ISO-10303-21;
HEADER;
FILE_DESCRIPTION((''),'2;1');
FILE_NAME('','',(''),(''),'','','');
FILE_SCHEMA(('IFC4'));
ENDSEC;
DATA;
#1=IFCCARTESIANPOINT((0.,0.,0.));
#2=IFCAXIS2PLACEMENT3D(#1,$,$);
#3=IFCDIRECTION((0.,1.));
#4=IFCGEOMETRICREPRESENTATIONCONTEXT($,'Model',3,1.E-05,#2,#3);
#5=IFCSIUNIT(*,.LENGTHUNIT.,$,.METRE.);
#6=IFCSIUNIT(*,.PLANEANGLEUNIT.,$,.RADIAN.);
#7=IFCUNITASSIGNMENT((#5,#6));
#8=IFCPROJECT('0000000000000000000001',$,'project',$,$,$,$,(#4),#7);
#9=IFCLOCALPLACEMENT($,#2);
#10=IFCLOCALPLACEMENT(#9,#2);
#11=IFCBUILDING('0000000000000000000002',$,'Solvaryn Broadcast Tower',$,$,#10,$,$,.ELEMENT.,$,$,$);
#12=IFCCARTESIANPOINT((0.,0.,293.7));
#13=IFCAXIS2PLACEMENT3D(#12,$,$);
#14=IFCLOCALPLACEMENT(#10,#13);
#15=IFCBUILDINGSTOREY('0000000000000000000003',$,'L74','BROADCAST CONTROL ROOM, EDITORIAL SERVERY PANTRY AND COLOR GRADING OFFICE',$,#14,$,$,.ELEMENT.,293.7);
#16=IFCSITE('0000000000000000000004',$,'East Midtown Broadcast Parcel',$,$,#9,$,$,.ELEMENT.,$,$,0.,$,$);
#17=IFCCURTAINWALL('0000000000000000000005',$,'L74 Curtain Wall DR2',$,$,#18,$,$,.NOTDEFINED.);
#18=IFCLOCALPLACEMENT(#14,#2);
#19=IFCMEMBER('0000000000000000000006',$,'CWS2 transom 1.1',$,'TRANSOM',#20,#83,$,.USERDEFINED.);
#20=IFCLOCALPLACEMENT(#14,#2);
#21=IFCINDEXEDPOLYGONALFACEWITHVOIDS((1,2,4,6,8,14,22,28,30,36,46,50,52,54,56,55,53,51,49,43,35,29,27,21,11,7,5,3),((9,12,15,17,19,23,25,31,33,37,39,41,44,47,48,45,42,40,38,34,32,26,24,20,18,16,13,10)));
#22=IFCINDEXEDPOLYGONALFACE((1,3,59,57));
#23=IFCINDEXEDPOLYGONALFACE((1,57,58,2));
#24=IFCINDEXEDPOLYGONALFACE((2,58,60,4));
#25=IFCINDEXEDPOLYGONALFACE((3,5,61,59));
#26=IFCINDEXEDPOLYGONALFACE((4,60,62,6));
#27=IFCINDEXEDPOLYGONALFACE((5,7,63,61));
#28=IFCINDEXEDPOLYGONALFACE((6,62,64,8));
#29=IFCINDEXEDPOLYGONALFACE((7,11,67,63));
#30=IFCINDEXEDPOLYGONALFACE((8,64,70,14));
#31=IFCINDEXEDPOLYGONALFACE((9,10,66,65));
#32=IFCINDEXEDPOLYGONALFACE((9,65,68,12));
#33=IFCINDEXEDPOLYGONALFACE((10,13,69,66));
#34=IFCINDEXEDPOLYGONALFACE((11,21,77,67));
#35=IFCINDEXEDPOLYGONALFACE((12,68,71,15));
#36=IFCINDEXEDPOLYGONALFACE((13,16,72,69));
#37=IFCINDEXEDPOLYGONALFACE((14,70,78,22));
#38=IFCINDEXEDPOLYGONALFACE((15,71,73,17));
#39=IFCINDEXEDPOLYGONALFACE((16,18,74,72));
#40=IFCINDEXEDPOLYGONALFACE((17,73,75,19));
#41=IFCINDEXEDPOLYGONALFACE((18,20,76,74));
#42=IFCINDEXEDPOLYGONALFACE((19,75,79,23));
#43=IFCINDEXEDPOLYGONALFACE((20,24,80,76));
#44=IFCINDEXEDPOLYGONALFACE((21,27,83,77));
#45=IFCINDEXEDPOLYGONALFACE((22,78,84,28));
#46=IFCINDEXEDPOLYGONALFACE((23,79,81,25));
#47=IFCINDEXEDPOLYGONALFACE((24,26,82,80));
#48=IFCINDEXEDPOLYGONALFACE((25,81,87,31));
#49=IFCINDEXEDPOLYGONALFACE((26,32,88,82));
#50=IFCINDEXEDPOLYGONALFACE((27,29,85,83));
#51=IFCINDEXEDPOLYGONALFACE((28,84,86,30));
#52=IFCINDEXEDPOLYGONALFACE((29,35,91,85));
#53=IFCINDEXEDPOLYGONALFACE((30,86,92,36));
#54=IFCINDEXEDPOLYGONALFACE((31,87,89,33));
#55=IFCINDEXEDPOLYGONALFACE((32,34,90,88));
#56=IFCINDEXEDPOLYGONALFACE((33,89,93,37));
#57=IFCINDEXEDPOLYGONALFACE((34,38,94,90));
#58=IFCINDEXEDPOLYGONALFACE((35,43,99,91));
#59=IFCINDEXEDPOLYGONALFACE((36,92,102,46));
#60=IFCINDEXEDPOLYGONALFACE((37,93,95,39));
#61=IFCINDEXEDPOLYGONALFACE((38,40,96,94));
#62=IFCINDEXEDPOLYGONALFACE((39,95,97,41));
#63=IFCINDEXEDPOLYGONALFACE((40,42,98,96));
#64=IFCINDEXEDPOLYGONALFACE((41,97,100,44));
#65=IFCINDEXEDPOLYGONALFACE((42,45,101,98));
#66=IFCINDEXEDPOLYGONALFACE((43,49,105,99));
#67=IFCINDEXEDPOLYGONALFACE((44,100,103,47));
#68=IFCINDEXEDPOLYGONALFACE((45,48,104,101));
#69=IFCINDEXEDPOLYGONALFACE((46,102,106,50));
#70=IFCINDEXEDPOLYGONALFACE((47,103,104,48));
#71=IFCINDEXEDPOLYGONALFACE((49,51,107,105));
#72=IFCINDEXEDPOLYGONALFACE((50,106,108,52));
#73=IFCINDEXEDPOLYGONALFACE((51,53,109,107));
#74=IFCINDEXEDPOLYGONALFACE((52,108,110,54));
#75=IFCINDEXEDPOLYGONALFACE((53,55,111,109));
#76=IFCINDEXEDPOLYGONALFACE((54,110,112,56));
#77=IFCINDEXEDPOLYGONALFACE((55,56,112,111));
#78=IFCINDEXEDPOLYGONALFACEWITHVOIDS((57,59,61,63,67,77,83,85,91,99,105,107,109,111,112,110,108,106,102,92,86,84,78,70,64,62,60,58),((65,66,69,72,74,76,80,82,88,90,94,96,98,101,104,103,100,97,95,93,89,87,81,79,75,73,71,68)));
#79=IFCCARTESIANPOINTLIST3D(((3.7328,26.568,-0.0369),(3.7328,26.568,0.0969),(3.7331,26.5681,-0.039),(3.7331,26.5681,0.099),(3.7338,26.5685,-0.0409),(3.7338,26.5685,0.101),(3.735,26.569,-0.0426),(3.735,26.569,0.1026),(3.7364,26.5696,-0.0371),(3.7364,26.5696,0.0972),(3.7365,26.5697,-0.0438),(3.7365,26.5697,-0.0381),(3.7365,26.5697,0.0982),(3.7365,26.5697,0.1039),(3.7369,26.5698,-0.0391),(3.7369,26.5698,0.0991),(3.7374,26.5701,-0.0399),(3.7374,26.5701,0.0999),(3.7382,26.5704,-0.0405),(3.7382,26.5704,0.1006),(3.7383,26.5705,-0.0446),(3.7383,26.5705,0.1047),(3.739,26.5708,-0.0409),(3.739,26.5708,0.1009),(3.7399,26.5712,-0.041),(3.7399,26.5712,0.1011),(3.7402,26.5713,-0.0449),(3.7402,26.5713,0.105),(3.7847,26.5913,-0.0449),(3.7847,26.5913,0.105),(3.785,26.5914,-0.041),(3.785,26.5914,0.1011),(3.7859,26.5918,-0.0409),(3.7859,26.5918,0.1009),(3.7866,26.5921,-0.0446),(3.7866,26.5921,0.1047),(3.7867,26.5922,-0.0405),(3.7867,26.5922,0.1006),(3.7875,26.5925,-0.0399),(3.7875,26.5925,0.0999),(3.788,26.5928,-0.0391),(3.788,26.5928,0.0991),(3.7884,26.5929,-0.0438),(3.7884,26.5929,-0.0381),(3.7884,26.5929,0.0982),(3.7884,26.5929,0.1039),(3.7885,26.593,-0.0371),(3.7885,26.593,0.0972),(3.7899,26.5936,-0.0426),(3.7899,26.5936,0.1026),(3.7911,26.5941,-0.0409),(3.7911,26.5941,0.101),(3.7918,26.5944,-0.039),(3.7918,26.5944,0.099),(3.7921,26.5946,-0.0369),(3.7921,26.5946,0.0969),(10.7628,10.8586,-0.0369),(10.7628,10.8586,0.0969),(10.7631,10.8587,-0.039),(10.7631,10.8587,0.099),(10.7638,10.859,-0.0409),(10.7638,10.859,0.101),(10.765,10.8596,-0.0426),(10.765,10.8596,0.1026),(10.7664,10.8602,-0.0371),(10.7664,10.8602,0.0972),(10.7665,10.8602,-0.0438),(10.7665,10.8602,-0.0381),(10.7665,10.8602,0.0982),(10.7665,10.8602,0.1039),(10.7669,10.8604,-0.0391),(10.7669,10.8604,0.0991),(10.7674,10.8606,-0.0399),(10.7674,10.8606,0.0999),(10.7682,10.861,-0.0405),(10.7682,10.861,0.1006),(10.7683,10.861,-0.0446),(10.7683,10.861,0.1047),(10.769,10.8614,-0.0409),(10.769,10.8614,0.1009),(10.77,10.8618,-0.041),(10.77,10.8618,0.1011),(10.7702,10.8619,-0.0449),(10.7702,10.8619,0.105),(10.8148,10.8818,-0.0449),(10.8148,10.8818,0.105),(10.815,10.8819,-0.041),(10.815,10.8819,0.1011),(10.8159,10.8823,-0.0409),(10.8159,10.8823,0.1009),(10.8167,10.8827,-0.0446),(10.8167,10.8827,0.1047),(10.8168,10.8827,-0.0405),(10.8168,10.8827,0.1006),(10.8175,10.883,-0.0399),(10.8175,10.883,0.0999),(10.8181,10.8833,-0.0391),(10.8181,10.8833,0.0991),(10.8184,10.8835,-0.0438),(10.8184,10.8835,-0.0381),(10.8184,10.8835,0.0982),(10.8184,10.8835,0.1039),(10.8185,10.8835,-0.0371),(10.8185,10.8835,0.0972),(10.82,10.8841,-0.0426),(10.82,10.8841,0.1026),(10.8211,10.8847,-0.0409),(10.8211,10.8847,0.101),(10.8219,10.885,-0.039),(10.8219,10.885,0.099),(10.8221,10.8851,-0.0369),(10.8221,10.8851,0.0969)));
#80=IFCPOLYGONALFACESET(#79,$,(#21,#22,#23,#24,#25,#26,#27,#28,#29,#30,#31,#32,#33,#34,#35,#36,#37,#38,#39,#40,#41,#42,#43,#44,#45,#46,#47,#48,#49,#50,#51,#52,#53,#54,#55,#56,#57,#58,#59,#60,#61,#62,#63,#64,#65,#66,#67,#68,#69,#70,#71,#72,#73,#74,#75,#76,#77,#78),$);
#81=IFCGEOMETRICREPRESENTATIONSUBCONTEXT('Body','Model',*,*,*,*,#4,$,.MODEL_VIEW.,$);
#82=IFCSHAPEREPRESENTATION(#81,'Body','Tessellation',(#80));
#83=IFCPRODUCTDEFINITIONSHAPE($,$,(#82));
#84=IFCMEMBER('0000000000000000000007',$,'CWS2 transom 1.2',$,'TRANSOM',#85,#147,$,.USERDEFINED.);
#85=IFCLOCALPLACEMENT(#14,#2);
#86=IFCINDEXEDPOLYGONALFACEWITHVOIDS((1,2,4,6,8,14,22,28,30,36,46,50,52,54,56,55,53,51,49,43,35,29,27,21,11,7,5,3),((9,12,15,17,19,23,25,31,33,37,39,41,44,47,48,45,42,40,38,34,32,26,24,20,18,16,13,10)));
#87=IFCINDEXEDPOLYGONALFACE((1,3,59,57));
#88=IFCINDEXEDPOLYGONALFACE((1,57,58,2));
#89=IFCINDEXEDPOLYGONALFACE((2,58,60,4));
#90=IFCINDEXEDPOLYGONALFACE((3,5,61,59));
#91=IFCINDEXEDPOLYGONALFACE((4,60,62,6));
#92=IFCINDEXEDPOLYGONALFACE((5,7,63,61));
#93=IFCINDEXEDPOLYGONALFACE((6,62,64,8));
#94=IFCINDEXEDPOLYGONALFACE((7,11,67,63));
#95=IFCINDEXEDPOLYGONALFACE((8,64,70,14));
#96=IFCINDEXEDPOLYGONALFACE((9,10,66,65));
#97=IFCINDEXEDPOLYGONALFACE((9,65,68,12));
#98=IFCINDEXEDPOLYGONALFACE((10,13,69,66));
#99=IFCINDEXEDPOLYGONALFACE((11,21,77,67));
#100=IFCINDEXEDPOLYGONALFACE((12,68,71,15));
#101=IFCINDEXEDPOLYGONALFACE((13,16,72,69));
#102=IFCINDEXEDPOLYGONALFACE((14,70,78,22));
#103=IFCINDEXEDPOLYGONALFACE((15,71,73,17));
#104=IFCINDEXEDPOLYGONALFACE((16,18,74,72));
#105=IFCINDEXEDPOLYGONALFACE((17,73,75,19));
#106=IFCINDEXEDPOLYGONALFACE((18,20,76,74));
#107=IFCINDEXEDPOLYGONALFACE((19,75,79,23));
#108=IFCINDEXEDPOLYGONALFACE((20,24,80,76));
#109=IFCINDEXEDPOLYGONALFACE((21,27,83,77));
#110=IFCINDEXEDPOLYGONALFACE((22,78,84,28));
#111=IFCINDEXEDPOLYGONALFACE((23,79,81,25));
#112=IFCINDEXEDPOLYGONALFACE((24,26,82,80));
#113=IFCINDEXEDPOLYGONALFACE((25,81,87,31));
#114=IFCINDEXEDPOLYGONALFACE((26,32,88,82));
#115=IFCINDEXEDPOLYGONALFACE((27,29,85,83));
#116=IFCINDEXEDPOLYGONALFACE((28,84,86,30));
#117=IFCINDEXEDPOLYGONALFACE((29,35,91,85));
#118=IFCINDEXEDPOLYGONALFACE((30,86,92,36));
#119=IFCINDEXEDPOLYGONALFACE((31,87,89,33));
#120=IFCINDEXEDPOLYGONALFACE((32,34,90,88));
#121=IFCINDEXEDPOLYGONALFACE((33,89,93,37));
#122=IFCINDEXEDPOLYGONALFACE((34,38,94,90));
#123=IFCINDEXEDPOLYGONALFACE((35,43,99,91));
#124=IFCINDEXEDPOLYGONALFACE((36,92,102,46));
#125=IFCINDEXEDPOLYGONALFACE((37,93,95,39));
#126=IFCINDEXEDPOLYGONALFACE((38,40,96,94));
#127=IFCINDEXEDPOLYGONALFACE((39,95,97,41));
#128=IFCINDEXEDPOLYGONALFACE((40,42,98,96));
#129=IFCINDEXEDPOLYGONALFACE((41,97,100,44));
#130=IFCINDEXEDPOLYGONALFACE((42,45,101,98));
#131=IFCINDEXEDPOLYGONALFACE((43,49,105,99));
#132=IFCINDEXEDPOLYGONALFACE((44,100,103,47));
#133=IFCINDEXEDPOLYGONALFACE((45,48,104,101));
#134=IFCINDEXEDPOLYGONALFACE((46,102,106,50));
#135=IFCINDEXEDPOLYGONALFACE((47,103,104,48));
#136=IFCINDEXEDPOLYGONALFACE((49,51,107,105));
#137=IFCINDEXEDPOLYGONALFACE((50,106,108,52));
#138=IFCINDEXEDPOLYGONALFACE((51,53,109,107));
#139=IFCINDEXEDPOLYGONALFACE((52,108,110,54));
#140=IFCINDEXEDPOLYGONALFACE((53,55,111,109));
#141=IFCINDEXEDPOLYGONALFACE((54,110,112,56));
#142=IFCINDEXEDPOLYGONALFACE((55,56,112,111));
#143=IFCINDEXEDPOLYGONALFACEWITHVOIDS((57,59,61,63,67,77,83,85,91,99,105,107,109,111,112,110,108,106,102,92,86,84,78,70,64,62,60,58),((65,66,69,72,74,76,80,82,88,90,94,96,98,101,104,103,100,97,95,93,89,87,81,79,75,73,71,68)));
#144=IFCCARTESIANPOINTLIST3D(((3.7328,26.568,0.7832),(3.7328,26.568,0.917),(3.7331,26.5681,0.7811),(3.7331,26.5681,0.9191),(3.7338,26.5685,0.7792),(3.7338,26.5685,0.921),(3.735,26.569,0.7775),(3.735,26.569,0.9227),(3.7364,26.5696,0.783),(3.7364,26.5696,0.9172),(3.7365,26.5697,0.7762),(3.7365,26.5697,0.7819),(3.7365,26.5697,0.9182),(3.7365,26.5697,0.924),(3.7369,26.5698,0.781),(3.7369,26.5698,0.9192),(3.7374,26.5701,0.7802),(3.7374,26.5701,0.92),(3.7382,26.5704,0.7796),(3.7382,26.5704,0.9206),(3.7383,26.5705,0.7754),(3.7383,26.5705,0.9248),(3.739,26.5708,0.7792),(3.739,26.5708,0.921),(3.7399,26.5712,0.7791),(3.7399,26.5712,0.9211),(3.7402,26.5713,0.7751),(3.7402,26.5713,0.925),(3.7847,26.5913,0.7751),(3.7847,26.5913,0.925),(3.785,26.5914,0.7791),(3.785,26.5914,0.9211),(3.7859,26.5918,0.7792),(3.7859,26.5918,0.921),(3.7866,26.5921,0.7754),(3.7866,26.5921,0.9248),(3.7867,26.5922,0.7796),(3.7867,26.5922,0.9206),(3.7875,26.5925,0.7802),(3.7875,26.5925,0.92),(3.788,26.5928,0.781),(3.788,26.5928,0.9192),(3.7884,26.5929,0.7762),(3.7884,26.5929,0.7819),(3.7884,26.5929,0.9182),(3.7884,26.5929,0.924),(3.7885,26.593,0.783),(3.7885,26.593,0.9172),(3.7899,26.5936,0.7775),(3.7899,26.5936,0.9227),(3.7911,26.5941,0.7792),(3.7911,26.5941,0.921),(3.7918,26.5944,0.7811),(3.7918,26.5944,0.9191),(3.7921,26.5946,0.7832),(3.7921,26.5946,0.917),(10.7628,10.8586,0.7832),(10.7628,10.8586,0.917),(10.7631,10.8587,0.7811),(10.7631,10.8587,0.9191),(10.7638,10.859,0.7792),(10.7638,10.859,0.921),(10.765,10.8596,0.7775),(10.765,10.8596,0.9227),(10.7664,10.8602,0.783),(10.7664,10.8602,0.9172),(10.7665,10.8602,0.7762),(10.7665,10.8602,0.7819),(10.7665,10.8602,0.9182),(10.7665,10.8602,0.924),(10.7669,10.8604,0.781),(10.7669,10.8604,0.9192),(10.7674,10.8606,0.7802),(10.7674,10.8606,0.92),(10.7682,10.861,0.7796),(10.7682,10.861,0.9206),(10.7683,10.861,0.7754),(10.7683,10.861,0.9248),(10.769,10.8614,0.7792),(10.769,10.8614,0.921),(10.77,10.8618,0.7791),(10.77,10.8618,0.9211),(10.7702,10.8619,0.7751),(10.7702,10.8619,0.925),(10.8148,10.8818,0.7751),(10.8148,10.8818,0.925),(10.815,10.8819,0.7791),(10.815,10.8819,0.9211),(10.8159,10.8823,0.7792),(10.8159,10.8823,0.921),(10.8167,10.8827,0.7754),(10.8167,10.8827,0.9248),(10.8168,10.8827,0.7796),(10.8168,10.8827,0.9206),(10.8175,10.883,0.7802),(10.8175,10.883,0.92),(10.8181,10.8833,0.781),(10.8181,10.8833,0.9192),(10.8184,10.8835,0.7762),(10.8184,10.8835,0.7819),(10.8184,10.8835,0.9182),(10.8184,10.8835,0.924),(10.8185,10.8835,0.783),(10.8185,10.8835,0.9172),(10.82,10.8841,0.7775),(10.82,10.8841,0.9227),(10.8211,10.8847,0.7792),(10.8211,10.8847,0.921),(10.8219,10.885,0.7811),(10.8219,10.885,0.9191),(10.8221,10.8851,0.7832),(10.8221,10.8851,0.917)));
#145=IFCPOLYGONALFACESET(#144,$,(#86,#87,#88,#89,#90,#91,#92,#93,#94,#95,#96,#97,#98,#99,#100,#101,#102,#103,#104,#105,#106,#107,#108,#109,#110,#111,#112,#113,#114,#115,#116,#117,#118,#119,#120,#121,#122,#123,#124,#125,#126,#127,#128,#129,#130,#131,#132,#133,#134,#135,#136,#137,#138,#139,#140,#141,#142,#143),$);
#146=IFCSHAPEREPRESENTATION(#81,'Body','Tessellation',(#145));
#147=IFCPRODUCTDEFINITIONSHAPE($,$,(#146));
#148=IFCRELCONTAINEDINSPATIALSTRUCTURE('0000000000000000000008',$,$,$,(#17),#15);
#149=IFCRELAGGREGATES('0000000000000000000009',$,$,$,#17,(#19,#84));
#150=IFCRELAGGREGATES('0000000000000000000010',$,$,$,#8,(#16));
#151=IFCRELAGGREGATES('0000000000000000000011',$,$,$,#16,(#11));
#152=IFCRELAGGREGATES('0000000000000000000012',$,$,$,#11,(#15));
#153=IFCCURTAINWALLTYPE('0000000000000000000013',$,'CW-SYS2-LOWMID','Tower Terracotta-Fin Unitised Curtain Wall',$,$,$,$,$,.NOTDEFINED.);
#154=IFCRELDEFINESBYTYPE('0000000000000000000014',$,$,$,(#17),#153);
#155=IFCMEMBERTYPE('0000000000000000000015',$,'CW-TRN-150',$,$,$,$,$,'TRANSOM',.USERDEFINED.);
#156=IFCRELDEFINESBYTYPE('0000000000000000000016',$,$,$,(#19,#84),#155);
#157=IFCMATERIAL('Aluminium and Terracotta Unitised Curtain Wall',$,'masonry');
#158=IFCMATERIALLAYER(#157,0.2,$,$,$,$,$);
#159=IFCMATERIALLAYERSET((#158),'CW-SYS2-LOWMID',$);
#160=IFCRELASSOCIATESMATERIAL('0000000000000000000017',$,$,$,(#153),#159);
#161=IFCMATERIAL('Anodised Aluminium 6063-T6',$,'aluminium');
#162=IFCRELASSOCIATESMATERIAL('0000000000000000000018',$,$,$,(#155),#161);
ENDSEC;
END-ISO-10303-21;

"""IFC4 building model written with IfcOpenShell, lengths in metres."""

from ifc_helpers import new_model, si_unit, direction, frame, origin, origin_2d, place, context, subcontext, project, spatial, hollow_rectangle, extrude, material, layer, layer_set, material_profile, profile_set, type_object, element, aggregate, save


model = new_model("IFC4")

# Units and contexts
model_context = context("Model", 3, precision=1e-05, world=origin(), true_north=direction((0.0, 1.0)))
body_context = subcontext(model_context, "Body", "Model", "MODEL_VIEW")
ifc_project = project(units=[si_unit("LENGTHUNIT", "METRE"), si_unit("PLANEANGLEUNIT", "RADIAN")], contexts=[model_context])

# Site, building, storey
site_placement = place(None, origin())
site = spatial("IfcSite", under=ifc_project, at=site_placement, Name="East Midtown Broadcast Parcel", CompositionType="ELEMENT", RefElevation=0.0)
building_placement = place(site_placement, origin())
building = spatial("IfcBuilding", under=site, at=building_placement, Name="Solvaryn Broadcast Tower", CompositionType="ELEMENT")
storey_placement = place(building_placement, frame((0.0, 0.0, 293.7)))
storey = spatial("IfcBuildingStorey", under=building, at=storey_placement, Name="L74", Description="BROADCAST CONTROL ROOM, EDITORIAL SERVERY PANTRY AND COLOR GRADING OFFICE", CompositionType="ELEMENT", Elevation=293.7)

# Shared definitions
ifc_material_1 = material(Name="Aluminium and Terracotta Unitised Curtain Wall", Category="masonry")
ifc_layer_1 = layer(ifc_material_1, 0.2)
ifc_layer_set_1 = layer_set([ifc_layer_1], Name="CW-SYS2-LOWMID")
curtain_wall_type = type_object("IfcCurtainWallType", Name="CW-SYS2-LOWMID", Description="Tower Terracotta-Fin Unitised Curtain Wall", PredefinedType="NOTDEFINED", material=ifc_layer_set_1)

# Curtain wall, members
curtain_wall_1_placement = place(storey_placement, origin())
curtain_wall_1 = element("IfcCurtainWall", 1, at=curtain_wall_1_placement, inside=storey, type_object=curtain_wall_type, Name="L74 Curtain Wall DR2", PredefinedType="NOTDEFINED")
ifc_material_2 = material(Name="Anodised Aluminium 6063-T6", Category="aluminium")
ifc_material_profile_1 = material_profile(ifc_material_2, hollow_rectangle(XDim=0.0649, YDim=0.1499, WallThickness=0.0039, InnerFilletRadius=0.0039, OuterFilletRadius=0.0081, at=origin_2d()))
ifc_profile_set_1 = profile_set([ifc_material_profile_1], Name="Anodised Aluminium 6063-T6")
member_type_1 = type_object("IfcMemberType", Name="CW-TRN-150", ElementType="TRANSOM", PredefinedType="USERDEFINED", material=ifc_profile_set_1)
member_1_placement = place(storey_placement, frame((3.7625, 26.5813, 0.03), z_axis=(0.408468, -0.912773, 0.0), x_axis=(0.912773, 0.408468, 0.0)))
member_1 = element("IfcMember", 2, at=member_1_placement, type_object=member_type_1, Name="CWS2 transom 1.1", ObjectType="TRANSOM", PredefinedType="USERDEFINED", context=body_context, shape_type="SweptSolid", body=[
    extrude(hollow_rectangle(XDim=0.0649, YDim=0.1499, WallThickness=0.0039, InnerFilletRadius=0.0039, OuterFilletRadius=0.0081, at=origin_2d()), origin(), (0.0, 0.0, 1.0), 17.2107),
])
member_2_placement = place(storey_placement, frame((3.7625, 26.5813, 0.8501), z_axis=(0.408468, -0.912773, 0.0), x_axis=(0.912773, 0.408468, 0.0)))
member_2 = element("IfcMember", 3, at=member_2_placement, type_object=member_type_1, Name="CWS2 transom 1.2", ObjectType="TRANSOM", PredefinedType="USERDEFINED", context=body_context, shape_type="SweptSolid", body=[
    extrude(hollow_rectangle(XDim=0.0649, YDim=0.1499, WallThickness=0.0039, InnerFilletRadius=0.0039, OuterFilletRadius=0.0081, at=origin_2d()), origin(), (0.0, 0.0, 1.0), 17.2107),
])
aggregate(curtain_wall_1, [member_1, member_2])

save(model, "model.ifc")
